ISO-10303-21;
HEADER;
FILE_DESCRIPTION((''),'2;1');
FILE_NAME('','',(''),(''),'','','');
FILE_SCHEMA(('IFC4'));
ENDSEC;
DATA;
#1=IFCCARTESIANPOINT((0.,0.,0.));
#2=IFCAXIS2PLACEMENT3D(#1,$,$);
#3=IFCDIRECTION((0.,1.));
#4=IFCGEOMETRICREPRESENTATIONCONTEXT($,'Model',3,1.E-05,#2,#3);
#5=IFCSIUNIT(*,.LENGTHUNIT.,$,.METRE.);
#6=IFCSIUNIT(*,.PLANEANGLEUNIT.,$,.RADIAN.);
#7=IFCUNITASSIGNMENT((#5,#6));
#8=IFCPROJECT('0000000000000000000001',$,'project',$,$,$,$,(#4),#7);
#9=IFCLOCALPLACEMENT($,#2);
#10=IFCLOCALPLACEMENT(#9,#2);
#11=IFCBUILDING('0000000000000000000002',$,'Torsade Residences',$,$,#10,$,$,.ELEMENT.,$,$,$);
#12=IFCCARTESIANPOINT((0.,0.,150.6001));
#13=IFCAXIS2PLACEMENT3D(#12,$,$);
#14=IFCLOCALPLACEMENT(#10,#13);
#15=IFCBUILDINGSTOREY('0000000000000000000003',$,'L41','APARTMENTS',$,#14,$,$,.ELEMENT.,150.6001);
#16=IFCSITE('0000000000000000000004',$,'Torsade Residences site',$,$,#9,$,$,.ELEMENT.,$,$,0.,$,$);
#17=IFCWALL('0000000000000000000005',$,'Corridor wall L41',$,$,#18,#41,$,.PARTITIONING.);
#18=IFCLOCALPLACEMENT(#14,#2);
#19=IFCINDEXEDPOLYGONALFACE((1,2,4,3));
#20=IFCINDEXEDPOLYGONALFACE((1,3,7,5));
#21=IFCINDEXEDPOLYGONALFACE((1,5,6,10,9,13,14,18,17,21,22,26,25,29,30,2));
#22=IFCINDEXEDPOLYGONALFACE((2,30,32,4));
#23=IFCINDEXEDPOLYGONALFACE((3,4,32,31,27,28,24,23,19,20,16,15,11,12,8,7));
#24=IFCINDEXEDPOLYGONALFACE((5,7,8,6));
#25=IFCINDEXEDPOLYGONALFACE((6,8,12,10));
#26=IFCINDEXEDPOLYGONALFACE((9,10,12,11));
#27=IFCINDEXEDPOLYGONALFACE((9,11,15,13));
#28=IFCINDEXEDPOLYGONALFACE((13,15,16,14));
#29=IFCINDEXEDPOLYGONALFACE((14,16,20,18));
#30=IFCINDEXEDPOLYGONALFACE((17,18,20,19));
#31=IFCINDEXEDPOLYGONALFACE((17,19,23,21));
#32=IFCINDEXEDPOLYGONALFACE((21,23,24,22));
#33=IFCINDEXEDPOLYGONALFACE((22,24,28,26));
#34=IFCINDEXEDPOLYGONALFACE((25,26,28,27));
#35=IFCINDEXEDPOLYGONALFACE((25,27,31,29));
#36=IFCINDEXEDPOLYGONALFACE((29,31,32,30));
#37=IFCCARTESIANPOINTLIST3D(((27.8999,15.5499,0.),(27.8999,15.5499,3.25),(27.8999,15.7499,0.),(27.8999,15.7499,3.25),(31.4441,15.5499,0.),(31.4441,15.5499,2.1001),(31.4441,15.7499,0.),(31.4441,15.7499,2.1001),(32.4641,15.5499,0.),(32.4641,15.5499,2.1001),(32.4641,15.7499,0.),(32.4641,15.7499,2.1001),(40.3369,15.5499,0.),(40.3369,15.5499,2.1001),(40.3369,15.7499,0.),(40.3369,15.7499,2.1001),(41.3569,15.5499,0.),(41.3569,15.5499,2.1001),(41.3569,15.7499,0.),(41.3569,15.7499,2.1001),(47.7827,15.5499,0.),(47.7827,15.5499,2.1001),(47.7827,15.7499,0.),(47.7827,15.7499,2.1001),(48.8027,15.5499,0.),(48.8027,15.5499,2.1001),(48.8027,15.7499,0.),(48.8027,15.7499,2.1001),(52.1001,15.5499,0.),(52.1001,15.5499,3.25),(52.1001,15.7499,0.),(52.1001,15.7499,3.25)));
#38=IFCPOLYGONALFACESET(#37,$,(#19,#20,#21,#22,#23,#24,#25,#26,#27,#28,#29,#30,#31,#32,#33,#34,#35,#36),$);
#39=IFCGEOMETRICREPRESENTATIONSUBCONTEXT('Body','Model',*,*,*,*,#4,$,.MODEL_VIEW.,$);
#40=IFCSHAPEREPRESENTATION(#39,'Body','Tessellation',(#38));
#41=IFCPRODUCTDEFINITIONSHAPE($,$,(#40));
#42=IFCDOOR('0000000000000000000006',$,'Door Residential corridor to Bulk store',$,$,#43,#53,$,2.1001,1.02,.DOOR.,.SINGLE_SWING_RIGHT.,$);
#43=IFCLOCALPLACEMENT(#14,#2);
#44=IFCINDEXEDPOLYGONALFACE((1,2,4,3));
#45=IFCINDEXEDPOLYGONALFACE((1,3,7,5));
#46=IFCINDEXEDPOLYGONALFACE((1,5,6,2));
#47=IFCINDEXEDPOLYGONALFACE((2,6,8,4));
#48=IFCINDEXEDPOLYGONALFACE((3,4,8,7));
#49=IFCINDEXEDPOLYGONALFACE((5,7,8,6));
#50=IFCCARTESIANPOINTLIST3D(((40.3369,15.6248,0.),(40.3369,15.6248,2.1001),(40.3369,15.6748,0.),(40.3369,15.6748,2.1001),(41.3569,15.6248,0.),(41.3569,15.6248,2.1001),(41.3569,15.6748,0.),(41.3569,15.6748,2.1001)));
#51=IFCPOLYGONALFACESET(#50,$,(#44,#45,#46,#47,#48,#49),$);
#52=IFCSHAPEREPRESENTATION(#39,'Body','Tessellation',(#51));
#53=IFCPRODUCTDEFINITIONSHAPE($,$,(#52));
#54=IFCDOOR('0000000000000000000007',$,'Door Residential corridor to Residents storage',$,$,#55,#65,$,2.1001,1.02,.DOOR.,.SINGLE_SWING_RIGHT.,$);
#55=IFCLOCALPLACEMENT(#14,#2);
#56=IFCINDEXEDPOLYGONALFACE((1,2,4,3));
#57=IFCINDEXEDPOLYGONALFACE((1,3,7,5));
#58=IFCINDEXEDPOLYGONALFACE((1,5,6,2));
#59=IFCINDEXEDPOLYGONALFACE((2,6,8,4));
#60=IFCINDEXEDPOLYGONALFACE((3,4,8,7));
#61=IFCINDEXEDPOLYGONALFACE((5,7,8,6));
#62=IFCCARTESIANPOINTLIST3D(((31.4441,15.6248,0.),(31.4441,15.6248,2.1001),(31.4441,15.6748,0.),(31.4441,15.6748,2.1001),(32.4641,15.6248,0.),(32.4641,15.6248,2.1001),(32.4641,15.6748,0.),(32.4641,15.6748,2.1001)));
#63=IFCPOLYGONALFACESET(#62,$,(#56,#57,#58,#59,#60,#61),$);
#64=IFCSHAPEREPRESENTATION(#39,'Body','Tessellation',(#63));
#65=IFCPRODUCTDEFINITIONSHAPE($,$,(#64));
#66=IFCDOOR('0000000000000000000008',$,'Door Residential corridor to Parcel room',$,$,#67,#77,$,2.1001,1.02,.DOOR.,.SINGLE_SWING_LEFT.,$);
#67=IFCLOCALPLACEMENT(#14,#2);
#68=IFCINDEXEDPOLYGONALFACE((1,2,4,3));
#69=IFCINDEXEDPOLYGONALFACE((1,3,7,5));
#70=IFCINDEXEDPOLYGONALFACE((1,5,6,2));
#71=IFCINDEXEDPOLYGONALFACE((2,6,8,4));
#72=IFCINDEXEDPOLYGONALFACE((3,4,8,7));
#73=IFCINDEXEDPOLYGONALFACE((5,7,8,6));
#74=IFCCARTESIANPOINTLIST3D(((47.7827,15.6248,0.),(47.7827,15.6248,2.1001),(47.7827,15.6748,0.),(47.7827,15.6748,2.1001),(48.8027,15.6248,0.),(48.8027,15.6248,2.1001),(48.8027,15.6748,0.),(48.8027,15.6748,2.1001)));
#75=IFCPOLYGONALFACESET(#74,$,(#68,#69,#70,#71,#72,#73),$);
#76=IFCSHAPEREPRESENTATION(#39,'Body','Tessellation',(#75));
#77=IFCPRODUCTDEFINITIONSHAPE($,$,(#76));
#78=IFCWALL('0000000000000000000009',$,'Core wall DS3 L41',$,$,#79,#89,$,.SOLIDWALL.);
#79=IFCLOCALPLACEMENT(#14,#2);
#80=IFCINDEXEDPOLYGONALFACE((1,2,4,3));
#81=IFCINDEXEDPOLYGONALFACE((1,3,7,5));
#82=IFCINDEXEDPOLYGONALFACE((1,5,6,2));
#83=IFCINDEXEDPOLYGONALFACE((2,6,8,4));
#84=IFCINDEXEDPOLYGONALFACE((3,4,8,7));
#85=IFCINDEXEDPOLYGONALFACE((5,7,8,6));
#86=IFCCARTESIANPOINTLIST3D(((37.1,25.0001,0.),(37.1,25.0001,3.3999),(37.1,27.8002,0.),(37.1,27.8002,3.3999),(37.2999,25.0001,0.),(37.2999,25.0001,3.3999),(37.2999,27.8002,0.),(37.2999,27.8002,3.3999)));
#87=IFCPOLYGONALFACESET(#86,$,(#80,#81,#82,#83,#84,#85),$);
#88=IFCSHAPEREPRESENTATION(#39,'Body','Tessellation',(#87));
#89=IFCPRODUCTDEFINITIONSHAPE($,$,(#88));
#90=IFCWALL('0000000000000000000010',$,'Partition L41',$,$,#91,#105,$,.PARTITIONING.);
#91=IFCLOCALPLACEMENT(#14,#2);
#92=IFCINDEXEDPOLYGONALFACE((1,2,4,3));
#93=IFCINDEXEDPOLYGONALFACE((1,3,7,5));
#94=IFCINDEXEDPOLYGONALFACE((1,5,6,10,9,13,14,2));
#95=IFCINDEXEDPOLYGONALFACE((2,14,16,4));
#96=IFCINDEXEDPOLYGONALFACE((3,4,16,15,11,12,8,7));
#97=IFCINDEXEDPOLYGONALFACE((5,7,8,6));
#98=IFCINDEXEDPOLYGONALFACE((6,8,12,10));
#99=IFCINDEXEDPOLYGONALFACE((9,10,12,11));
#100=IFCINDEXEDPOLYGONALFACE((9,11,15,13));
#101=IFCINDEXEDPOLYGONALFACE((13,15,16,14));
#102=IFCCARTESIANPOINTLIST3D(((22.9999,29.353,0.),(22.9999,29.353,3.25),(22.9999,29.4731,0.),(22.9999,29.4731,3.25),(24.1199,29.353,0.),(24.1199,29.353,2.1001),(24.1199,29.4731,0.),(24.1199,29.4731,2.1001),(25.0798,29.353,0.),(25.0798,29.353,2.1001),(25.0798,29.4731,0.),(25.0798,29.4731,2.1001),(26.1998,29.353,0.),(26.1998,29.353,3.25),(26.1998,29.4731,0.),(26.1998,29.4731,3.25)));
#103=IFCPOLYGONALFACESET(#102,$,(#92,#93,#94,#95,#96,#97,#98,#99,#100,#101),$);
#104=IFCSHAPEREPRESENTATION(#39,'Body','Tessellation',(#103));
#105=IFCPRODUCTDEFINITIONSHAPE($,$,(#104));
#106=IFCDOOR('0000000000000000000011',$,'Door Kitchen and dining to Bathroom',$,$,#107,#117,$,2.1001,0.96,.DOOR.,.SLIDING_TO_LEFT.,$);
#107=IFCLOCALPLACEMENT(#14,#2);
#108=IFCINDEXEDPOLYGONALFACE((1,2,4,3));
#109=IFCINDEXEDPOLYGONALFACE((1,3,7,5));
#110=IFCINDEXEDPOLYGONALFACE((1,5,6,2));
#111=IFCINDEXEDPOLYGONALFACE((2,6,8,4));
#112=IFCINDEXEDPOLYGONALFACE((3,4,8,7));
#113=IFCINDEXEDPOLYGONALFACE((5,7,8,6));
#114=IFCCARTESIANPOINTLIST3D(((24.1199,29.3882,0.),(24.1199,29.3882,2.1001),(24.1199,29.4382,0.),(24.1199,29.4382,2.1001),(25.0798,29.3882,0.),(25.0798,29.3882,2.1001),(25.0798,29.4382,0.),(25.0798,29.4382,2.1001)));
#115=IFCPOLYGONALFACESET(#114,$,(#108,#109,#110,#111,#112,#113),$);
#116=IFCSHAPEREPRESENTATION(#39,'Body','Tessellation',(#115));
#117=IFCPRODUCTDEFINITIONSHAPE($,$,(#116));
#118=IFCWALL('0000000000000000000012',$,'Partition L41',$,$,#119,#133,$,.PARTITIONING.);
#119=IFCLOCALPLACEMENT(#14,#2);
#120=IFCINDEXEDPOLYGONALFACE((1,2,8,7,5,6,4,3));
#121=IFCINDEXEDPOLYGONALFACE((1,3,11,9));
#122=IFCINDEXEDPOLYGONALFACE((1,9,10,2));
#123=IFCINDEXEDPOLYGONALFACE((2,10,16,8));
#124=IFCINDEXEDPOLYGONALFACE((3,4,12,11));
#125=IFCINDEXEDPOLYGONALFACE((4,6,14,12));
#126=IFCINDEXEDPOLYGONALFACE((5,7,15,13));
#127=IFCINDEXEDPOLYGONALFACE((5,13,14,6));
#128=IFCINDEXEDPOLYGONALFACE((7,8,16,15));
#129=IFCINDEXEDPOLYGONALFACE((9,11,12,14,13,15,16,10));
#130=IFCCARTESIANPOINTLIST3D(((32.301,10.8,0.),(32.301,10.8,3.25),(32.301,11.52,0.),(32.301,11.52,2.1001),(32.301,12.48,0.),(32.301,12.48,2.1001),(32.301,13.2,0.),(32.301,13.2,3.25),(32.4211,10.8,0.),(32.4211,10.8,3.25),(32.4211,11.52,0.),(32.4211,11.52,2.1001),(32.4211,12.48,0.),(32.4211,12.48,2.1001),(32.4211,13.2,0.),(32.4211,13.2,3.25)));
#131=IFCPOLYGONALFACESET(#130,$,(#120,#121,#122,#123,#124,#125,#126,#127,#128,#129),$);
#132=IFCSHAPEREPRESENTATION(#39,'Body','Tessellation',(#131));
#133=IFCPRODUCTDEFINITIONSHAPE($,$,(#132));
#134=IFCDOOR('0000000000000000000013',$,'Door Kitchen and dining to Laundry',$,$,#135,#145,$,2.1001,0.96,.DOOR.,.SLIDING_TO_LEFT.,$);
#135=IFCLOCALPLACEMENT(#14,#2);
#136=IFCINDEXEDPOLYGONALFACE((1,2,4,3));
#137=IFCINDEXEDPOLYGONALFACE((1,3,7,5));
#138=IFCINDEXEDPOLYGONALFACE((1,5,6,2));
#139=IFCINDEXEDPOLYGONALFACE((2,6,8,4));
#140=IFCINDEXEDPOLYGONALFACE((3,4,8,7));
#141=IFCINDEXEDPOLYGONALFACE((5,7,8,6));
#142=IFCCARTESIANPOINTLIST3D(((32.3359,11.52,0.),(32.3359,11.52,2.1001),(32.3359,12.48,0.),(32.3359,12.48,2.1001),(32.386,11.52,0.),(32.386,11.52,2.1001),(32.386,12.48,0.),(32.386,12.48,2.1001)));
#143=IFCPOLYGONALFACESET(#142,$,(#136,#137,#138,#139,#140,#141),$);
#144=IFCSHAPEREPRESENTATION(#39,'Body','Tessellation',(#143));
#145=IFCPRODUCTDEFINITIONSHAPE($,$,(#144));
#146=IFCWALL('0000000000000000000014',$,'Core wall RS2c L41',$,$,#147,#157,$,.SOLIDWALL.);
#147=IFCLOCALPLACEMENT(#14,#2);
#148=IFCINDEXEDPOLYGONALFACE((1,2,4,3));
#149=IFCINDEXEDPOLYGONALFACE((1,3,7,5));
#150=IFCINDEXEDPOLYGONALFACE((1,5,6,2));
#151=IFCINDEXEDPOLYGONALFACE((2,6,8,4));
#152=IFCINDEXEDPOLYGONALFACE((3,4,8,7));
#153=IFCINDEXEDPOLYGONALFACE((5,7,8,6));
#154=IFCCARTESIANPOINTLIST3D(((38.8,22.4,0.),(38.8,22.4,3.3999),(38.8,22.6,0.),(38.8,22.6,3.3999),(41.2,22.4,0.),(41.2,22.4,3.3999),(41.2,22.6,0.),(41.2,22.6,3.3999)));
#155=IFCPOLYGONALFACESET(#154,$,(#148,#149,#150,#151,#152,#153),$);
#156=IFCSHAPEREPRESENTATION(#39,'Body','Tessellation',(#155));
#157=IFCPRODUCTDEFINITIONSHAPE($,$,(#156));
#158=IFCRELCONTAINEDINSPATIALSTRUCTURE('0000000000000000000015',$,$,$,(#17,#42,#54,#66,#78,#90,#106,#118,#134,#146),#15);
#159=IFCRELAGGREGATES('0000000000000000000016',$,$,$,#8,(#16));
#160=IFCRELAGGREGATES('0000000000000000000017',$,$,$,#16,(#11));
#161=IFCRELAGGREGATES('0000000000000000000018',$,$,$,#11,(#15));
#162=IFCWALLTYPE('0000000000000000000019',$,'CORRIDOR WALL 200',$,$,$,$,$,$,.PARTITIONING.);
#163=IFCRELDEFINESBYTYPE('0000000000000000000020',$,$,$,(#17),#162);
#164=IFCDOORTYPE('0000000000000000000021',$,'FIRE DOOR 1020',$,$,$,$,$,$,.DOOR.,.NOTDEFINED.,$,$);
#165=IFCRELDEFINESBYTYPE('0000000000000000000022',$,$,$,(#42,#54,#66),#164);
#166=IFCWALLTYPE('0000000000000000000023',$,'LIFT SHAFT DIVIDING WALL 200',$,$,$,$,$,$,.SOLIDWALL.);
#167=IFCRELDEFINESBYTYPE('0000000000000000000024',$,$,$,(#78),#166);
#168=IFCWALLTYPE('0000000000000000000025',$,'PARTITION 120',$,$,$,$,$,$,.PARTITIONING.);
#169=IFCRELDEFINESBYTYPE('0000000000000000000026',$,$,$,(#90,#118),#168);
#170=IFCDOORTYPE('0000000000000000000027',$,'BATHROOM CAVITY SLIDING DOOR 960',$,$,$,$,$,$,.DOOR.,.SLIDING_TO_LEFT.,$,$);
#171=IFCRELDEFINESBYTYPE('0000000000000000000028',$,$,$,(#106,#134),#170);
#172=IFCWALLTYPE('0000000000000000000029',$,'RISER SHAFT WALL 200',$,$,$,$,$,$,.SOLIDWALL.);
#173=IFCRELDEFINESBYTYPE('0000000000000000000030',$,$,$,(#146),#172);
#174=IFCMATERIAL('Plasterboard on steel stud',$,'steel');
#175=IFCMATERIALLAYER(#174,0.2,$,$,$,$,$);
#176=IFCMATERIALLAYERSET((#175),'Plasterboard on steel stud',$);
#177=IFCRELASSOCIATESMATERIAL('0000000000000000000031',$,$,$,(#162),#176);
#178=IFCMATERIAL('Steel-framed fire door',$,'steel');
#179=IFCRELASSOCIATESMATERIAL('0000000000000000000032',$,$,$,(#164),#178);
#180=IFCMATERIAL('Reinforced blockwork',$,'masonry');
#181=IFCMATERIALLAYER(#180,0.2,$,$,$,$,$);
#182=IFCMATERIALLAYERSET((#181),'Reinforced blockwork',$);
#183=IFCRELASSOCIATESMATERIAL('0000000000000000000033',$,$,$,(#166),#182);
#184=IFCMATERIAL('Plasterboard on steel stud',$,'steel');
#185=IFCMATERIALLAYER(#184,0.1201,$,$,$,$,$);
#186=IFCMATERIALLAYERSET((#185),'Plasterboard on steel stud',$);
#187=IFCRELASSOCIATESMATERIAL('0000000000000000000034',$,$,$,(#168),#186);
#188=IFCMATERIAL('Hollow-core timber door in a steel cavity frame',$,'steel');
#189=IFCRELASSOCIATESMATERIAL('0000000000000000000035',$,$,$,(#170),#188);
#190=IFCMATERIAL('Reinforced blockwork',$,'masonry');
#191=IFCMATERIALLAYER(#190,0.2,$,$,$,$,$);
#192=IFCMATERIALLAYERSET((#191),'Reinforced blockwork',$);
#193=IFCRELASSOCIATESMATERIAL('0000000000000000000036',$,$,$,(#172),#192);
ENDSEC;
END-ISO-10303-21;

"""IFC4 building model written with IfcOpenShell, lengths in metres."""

from ifc_helpers import new_model, si_unit, direction, frame, frame_2d, origin, place, context, subcontext, project, spatial, rectangle, extrude, material, layer, layer_set, type_object, element, fill, save


model = new_model("IFC4")

# Units and contexts
model_context = context("Model", 3, precision=1e-05, world=origin(), true_north=direction((0.0, 1.0)))
body_context = subcontext(model_context, "Body", "Model", "MODEL_VIEW")
ifc_project = project(units=[si_unit("LENGTHUNIT", "METRE"), si_unit("PLANEANGLEUNIT", "RADIAN")], contexts=[model_context])

# Site, building, storey
site_placement = place(None, origin())
site = spatial("IfcSite", under=ifc_project, at=site_placement, Name="Torsade Residences site", CompositionType="ELEMENT", RefElevation=0.0)
building_placement = place(site_placement, origin())
building = spatial("IfcBuilding", under=site, at=building_placement, Name="Torsade Residences", CompositionType="ELEMENT")
storey_placement = place(building_placement, frame((0.0, 0.0, 150.6001)))
storey = spatial("IfcBuildingStorey", under=building, at=storey_placement, Name="L41", Description="APARTMENTS", CompositionType="ELEMENT", Elevation=150.6001)

# Shared definitions
ifc_material_1 = material(Name="Plasterboard on steel stud", Category="steel")
ifc_layer_1 = layer(ifc_material_1, 0.2)
ifc_layer_set_1 = layer_set([ifc_layer_1], Name="Plasterboard on steel stud")
wall_type_1 = type_object("IfcWallType", Name="CORRIDOR WALL 200", PredefinedType="PARTITIONING", material=ifc_layer_set_1)

# Wall, openings, doors
wall_1_placement = place(storey_placement, frame((27.8999, 15.6499, 0.0), z_axis=(0.0, 0.0, 1.0), x_axis=(1.0, 0.0, 0.0)))
wall_1 = element("IfcWall", 1, at=wall_1_placement, inside=storey, type_object=wall_type_1, Name="Corridor wall L41", PredefinedType="PARTITIONING", context=body_context, shape_type="SweptSolid", body=[
    extrude(rectangle(XDim=24.2002, YDim=0.2, at=frame_2d((12.1001, 0.0))), origin(), (0.0, 0.0, 1.0), 3.25),
])
opening_1_placement = place(wall_1_placement, frame((12.437, 0.0, 0.0)))
opening_1 = element("IfcOpeningElement", 2, at=opening_1_placement, cuts=wall_1, PredefinedType="OPENING", context=body_context, shape_type="SweptSolid", body=[
    extrude(rectangle(XDim=1.02, YDim=2.1001, at=frame_2d((0.51, 1.05))), frame((0.0, 0.1099, 0.0), z_axis=(0.0, -1.0, 0.0), x_axis=(1.0, 0.0, 0.0)), (0.0, 0.0, 1.0), 0.22),
])
opening_2_placement = place(wall_1_placement, frame((3.5442, 0.0, 0.0)))
opening_2 = element("IfcOpeningElement", 3, at=opening_2_placement, cuts=wall_1, PredefinedType="OPENING", context=body_context, shape_type="SweptSolid", body=[
    extrude(rectangle(XDim=1.02, YDim=2.1001, at=frame_2d((0.51, 1.05))), frame((0.0, 0.1099, 0.0), z_axis=(0.0, -1.0, 0.0), x_axis=(1.0, 0.0, 0.0)), (0.0, 0.0, 1.0), 0.22),
])
opening_3_placement = place(wall_1_placement, frame((19.8828, 0.0, 0.0)))
opening_3 = element("IfcOpeningElement", 4, at=opening_3_placement, cuts=wall_1, PredefinedType="OPENING", context=body_context, shape_type="SweptSolid", body=[
    extrude(rectangle(XDim=1.02, YDim=2.1001, at=frame_2d((0.51, 1.05))), frame((0.0, 0.1099, 0.0), z_axis=(0.0, -1.0, 0.0), x_axis=(1.0, 0.0, 0.0)), (0.0, 0.0, 1.0), 0.22),
])
ifc_material_2 = material(Name="Steel-framed fire door", Category="steel")
door_type_1 = type_object("IfcDoorType", Name="FIRE DOOR 1020", OperationType="NOTDEFINED", PredefinedType="DOOR", material=ifc_material_2)
door_1_placement = place(opening_1_placement, origin())
door_1 = element("IfcDoor", 5, at=door_1_placement, inside=storey, type_object=door_type_1, Name="Door Residential corridor to Bulk store", OperationType="SINGLE_SWING_RIGHT", OverallHeight=2.1001, OverallWidth=1.02, PredefinedType="DOOR", context=body_context, shape_type="SweptSolid", body=[
    extrude(rectangle(XDim=1.02, YDim=2.1001, at=frame_2d((0.51, 1.05))), frame((0.0, 0.0249, 0.0), z_axis=(0.0, -1.0, 0.0), x_axis=(1.0, 0.0, 0.0)), (0.0, 0.0, 1.0), 0.05),
])
fill(opening_1, door_1)
door_2_placement = place(opening_2_placement, origin())
door_2 = element("IfcDoor", 6, at=door_2_placement, inside=storey, type_object=door_type_1, Name="Door Residential corridor to Residents storage", OperationType="SINGLE_SWING_RIGHT", OverallHeight=2.1001, OverallWidth=1.02, PredefinedType="DOOR", context=body_context, shape_type="SweptSolid", body=[
    extrude(rectangle(XDim=1.02, YDim=2.1001, at=frame_2d((0.51, 1.05))), frame((0.0, 0.0249, 0.0), z_axis=(0.0, -1.0, 0.0), x_axis=(1.0, 0.0, 0.0)), (0.0, 0.0, 1.0), 0.05),
])
fill(opening_2, door_2)
door_3_placement = place(opening_3_placement, origin())
door_3 = element("IfcDoor", 7, at=door_3_placement, inside=storey, type_object=door_type_1, Name="Door Residential corridor to Parcel room", OperationType="SINGLE_SWING_LEFT", OverallHeight=2.1001, OverallWidth=1.02, PredefinedType="DOOR", context=body_context, shape_type="SweptSolid", body=[
    extrude(rectangle(XDim=1.02, YDim=2.1001, at=frame_2d((0.51, 1.05))), frame((0.0, 0.0249, 0.0), z_axis=(0.0, -1.0, 0.0), x_axis=(1.0, 0.0, 0.0)), (0.0, 0.0, 1.0), 0.05),
])
fill(opening_3, door_3)

# Wall
ifc_material_3 = material(Name="Reinforced blockwork", Category="masonry")
ifc_layer_2 = layer(ifc_material_3, 0.2)
ifc_layer_set_2 = layer_set([ifc_layer_2], Name="Reinforced blockwork")
wall_type_2 = type_object("IfcWallType", Name="LIFT SHAFT DIVIDING WALL 200", PredefinedType="SOLIDWALL", material=ifc_layer_set_2)
wall_2_placement = place(storey_placement, frame((37.2, 27.8, 0.0), z_axis=(0.0, 0.0, 1.0), x_axis=(0.0, -1.0, 0.0)))
element("IfcWall", 8, at=wall_2_placement, inside=storey, type_object=wall_type_2, Name="Core wall DS3 L41", PredefinedType="SOLIDWALL", context=body_context, shape_type="SweptSolid", body=[
    extrude(rectangle(XDim=2.8, YDim=0.2, at=frame_2d((1.3999, 0.0))), origin(), (0.0, 0.0, 1.0), 3.3999),
])

# Walls, openings, doors
ifc_material_4 = material(Name="Plasterboard on steel stud", Category="steel")
ifc_layer_3 = layer(ifc_material_4, 0.1201)
ifc_layer_set_3 = layer_set([ifc_layer_3], Name="Plasterboard on steel stud")
wall_type_3 = type_object("IfcWallType", Name="PARTITION 120", PredefinedType="PARTITIONING", material=ifc_layer_set_3)
wall_3_placement = place(storey_placement, frame((26.2, 29.4131, 0.0), z_axis=(0.0, 0.0, 1.0), x_axis=(-1.0, 0.0, 0.0)))
wall_3 = element("IfcWall", 9, at=wall_3_placement, inside=storey, type_object=wall_type_3, Name="Partition L41", PredefinedType="PARTITIONING", context=body_context, shape_type="SweptSolid", body=[
    extrude(rectangle(XDim=3.2, YDim=0.1201, at=frame_2d((1.6001, 0.0))), origin(), (0.0, 0.0, 1.0), 3.25),
])
opening_4_placement = place(wall_3_placement, frame((1.1201, 0.0, 0.0)))
opening_4 = element("IfcOpeningElement", 10, at=opening_4_placement, cuts=wall_3, PredefinedType="OPENING", context=body_context, shape_type="SweptSolid", body=[
    extrude(rectangle(XDim=0.96, YDim=2.1001, at=frame_2d((0.48, 1.05))), frame((0.0, 0.0701, 0.0), z_axis=(0.0, -1.0, 0.0), x_axis=(1.0, 0.0, 0.0)), (0.0, 0.0, 1.0), 0.1401),
])
ifc_material_5 = material(Name="Hollow-core timber door in a steel cavity frame", Category="steel")
door_type_2 = type_object("IfcDoorType", Name="BATHROOM CAVITY SLIDING DOOR 960", OperationType="SLIDING_TO_LEFT", PredefinedType="DOOR", material=ifc_material_5)
door_4_placement = place(opening_4_placement, origin())
door_4 = element("IfcDoor", 11, at=door_4_placement, inside=storey, type_object=door_type_2, Name="Door Kitchen and dining to Bathroom", OperationType="SLIDING_TO_LEFT", OverallHeight=2.1001, OverallWidth=0.96, PredefinedType="DOOR", context=body_context, shape_type="SweptSolid", body=[
    extrude(rectangle(XDim=0.96, YDim=2.1001, at=frame_2d((0.48, 1.05))), frame((0.0, 0.0249, 0.0), z_axis=(0.0, -1.0, 0.0), x_axis=(1.0, 0.0, 0.0)), (0.0, 0.0, 1.0), 0.05),
])
fill(opening_4, door_4)
wall_4_placement = place(storey_placement, frame((32.3611, 13.2, 0.0), z_axis=(0.0, 0.0, 1.0), x_axis=(0.0, -1.0, 0.0)))
wall_4 = element("IfcWall", 12, at=wall_4_placement, inside=storey, type_object=wall_type_3, Name="Partition L41", PredefinedType="PARTITIONING", context=body_context, shape_type="SweptSolid", body=[
    extrude(rectangle(XDim=2.3999, YDim=0.1201, at=frame_2d((1.2, 0.0))), origin(), (0.0, 0.0, 1.0), 3.25),
])
opening_5_placement = place(wall_4_placement, frame((0.72, 0.0, 0.0)))
opening_5 = element("IfcOpeningElement", 13, at=opening_5_placement, cuts=wall_4, PredefinedType="OPENING", context=body_context, shape_type="SweptSolid", body=[
    extrude(rectangle(XDim=0.96, YDim=2.1001, at=frame_2d((0.48, 1.05))), frame((0.0, 0.0701, 0.0), z_axis=(0.0, -1.0, 0.0), x_axis=(1.0, 0.0, 0.0)), (0.0, 0.0, 1.0), 0.1401),
])
door_5_placement = place(opening_5_placement, origin())
door_5 = element("IfcDoor", 14, at=door_5_placement, inside=storey, type_object=door_type_2, Name="Door Kitchen and dining to Laundry", OperationType="SLIDING_TO_LEFT", OverallHeight=2.1001, OverallWidth=0.96, PredefinedType="DOOR", context=body_context, shape_type="SweptSolid", body=[
    extrude(rectangle(XDim=0.96, YDim=2.1001, at=frame_2d((0.48, 1.05))), frame((0.0, 0.0249, 0.0), z_axis=(0.0, -1.0, 0.0), x_axis=(1.0, 0.0, 0.0)), (0.0, 0.0, 1.0), 0.05),
])
fill(opening_5, door_5)

# Wall
ifc_material_6 = material(Name="Reinforced blockwork", Category="masonry")
ifc_layer_4 = layer(ifc_material_6, 0.2)
ifc_layer_set_4 = layer_set([ifc_layer_4], Name="Reinforced blockwork")
wall_type_4 = type_object("IfcWallType", Name="RISER SHAFT WALL 200", PredefinedType="SOLIDWALL", material=ifc_layer_set_4)
wall_5_placement = place(storey_placement, frame((38.8, 22.5, 0.0), z_axis=(0.0, 0.0, 1.0), x_axis=(1.0, 0.0, 0.0)))
element("IfcWall", 15, at=wall_5_placement, inside=storey, type_object=wall_type_4, Name="Core wall RS2c L41", PredefinedType="SOLIDWALL", context=body_context, shape_type="SweptSolid", body=[
    extrude(rectangle(XDim=2.3999, YDim=0.2, at=frame_2d((1.2, 0.0))), origin(), (0.0, 0.0, 1.0), 3.3999),
])

save(model, "model.ifc")
